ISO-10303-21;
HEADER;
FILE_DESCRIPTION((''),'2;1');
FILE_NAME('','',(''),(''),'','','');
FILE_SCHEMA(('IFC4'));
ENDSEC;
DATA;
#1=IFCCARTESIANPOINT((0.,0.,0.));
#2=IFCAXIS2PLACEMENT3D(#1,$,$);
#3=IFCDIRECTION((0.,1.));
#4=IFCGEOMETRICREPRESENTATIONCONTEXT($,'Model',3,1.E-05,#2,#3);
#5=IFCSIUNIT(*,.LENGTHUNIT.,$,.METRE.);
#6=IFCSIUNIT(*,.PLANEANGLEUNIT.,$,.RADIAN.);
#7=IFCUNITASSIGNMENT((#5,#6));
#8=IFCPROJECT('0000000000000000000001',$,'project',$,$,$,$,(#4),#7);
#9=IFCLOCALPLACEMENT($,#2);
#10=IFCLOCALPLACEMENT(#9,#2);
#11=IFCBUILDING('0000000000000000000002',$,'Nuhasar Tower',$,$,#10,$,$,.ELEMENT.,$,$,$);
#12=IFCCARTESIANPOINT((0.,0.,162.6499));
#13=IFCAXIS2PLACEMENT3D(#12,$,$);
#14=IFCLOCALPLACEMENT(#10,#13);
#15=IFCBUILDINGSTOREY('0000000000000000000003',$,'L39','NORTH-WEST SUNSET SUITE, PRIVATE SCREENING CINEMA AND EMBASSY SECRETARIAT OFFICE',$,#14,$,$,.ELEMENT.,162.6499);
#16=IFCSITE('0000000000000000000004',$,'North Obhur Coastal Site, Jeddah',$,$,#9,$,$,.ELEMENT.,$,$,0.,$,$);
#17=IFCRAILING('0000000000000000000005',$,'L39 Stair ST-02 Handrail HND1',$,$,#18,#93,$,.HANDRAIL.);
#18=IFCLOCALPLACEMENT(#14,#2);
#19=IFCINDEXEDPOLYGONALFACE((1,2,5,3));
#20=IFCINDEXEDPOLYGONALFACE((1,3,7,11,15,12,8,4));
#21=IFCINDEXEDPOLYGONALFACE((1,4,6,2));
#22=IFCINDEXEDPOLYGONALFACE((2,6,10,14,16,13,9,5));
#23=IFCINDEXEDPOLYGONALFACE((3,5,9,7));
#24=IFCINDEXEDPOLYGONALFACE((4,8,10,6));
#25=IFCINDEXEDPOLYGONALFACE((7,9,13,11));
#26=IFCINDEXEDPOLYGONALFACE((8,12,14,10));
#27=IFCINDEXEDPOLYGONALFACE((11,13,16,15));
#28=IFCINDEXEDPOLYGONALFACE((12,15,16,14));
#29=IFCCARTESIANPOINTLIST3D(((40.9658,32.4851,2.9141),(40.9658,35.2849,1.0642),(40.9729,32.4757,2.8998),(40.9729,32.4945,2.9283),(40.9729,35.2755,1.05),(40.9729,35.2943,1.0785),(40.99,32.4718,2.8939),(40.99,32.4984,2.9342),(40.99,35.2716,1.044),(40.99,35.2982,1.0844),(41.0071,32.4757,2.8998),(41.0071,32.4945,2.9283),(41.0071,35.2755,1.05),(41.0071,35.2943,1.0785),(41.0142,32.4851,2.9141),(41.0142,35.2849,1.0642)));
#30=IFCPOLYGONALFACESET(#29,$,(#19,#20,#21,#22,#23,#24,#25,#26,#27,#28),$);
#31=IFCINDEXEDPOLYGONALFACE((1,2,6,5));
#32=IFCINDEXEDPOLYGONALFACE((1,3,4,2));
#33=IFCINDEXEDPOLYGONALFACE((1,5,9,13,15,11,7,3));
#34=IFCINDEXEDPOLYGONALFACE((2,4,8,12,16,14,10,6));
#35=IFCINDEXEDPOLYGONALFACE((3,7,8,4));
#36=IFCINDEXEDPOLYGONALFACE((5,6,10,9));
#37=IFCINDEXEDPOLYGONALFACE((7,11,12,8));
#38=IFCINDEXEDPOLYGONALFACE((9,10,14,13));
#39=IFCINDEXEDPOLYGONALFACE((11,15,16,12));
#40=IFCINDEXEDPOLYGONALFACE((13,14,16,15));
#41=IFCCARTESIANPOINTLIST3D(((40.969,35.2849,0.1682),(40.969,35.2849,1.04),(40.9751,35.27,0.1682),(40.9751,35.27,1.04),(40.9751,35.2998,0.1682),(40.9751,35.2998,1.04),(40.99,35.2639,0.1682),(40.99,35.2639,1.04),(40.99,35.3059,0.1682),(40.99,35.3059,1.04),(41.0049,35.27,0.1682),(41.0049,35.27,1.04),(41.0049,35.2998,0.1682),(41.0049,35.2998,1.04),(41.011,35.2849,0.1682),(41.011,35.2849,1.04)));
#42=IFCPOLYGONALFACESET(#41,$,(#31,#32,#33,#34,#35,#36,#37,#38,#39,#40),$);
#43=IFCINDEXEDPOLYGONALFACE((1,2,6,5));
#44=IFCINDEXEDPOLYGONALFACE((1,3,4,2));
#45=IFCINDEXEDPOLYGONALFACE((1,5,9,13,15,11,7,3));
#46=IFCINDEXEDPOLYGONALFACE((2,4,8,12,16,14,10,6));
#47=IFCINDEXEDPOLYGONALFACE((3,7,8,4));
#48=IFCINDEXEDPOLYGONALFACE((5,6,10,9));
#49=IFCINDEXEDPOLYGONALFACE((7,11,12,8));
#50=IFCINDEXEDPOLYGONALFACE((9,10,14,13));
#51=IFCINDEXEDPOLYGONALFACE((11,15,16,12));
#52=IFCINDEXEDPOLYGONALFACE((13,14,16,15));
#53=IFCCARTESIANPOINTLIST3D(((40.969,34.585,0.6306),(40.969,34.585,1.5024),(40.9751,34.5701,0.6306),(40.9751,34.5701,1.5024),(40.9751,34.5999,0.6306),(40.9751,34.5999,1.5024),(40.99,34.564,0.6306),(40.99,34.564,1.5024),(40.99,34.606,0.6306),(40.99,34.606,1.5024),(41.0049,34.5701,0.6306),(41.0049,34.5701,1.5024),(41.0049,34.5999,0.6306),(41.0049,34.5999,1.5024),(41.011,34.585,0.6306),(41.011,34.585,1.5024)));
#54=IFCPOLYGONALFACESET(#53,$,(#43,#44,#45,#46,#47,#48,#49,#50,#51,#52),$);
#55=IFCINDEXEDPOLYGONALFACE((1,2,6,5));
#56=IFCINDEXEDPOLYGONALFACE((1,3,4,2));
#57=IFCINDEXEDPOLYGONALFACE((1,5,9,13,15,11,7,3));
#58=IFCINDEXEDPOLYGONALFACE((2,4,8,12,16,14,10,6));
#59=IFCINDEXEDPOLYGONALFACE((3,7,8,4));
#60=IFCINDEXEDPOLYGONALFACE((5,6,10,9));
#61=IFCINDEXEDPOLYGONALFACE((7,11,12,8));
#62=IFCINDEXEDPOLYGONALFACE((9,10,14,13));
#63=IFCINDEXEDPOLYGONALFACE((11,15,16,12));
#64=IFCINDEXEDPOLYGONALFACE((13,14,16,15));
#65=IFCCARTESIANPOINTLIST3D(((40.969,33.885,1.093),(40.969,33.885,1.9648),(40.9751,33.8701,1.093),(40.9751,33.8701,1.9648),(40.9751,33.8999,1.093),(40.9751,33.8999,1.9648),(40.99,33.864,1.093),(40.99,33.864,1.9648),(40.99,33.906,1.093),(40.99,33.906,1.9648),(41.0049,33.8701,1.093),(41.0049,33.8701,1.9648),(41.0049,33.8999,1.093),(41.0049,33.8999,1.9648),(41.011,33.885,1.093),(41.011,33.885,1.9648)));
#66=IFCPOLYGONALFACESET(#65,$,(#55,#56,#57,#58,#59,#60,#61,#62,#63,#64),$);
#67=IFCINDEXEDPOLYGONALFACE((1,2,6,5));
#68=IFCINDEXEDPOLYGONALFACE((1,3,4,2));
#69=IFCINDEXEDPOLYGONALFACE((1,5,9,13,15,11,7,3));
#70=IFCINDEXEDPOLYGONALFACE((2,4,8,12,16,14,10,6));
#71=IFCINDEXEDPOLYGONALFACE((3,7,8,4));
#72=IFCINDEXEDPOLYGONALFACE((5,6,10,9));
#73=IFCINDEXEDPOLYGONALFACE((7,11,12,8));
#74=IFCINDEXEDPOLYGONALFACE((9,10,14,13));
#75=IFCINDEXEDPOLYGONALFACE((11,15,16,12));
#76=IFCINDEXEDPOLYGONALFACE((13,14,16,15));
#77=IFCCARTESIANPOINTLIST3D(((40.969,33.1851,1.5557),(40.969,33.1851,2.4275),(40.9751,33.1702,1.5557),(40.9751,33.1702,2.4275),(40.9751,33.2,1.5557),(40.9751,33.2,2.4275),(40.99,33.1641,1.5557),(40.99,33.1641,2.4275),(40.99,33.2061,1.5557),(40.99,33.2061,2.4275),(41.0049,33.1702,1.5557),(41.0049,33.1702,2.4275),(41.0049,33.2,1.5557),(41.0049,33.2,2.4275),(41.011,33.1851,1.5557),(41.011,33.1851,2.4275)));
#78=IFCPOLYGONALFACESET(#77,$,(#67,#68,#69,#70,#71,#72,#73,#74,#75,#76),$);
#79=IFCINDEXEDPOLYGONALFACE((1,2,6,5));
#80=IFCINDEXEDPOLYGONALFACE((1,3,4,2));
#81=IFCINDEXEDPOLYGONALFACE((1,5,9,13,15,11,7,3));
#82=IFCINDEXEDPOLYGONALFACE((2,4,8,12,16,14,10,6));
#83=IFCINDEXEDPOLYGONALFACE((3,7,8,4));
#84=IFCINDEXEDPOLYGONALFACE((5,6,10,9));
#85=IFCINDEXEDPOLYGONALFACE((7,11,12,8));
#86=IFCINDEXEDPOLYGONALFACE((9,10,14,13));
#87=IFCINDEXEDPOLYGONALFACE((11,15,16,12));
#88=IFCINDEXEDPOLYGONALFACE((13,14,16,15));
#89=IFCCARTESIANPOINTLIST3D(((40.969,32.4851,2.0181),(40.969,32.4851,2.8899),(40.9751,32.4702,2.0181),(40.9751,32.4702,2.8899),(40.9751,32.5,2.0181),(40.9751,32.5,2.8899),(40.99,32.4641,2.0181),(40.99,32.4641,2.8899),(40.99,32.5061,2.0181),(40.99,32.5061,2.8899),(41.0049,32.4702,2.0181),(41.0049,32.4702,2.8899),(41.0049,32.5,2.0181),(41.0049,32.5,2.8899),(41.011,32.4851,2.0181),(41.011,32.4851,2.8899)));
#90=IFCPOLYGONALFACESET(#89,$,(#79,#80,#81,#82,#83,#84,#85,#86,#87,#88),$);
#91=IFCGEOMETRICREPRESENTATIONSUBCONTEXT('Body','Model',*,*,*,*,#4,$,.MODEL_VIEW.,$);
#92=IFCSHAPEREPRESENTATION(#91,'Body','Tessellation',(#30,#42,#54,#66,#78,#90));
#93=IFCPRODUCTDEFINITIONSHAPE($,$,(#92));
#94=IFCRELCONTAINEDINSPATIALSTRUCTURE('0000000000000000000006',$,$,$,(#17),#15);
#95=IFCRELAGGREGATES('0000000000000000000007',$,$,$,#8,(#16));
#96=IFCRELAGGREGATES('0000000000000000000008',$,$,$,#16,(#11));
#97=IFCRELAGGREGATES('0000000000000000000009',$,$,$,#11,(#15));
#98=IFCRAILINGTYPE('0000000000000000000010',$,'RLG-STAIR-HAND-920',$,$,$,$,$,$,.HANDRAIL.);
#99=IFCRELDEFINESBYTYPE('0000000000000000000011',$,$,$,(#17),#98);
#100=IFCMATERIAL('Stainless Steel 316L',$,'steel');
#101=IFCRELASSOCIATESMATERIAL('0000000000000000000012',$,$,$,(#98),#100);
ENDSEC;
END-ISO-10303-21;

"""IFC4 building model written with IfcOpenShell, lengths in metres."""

from ifc_helpers import new_model, si_unit, direction, frame, origin, place, context, subcontext, project, spatial, polyline, outline, extrude, material, type_object, element, save


model = new_model("IFC4")

# Units and contexts
model_context = context("Model", 3, precision=1e-05, world=origin(), true_north=direction((0.0, 1.0)))
body_context = subcontext(model_context, "Body", "Model", "MODEL_VIEW")
ifc_project = project(units=[si_unit("LENGTHUNIT", "METRE"), si_unit("PLANEANGLEUNIT", "RADIAN")], contexts=[model_context])

# Site, building, storey
site_placement = place(None, origin())
site = spatial("IfcSite", under=ifc_project, at=site_placement, Name="North Obhur Coastal Site, Jeddah", CompositionType="ELEMENT", RefElevation=0.0)
building_placement = place(site_placement, origin())
building = spatial("IfcBuilding", under=site, at=building_placement, Name="Nuhasar Tower", CompositionType="ELEMENT")
storey_placement = place(building_placement, frame((0.0, 0.0, 162.6499)))
storey = spatial("IfcBuildingStorey", under=building, at=storey_placement, Name="L39", Description="NORTH-WEST SUNSET SUITE, PRIVATE SCREENING CINEMA AND EMBASSY SECRETARIAT OFFICE", CompositionType="ELEMENT", Elevation=162.6499)

# Railing
ifc_material_1 = material(Name="Stainless Steel 316L", Category="steel")
railing_type_1 = type_object("IfcRailingType", Name="RLG-STAIR-HAND-920", PredefinedType="HANDRAIL", material=ifc_material_1)
railing_1_placement = place(storey_placement, frame((40.99, 35.2849, 0.1682)))
element("IfcRailing", 1, at=railing_1_placement, inside=storey, type_object=railing_type_1, Name="L39 Stair ST-02 Handrail HND1", PredefinedType="HANDRAIL", context=body_context, shape_type="SweptSolid", body=[
    extrude(outline(polyline([(0.0242, 0.0), (0.0171, 0.0171), (0.0, 0.0242), (-0.0171, 0.0171), (-0.0242, 0.0), (-0.0171, -0.0171), (0.0, -0.0242), (0.0171, -0.0171), (0.0242, 0.0)])), frame((0.0, 0.0, 0.896), z_axis=(0.0, -0.834338, 0.551254), x_axis=(1.0, 0.0, 0.0)), (0.0, 0.0, 1.0), 3.3557),
    extrude(outline(polyline([(0.021, 0.0), (0.0149, 0.0149), (0.0, 0.021), (-0.0149, 0.0149), (-0.021, 0.0), (-0.0149, -0.0149), (0.0, -0.021), (0.0149, -0.0149), (0.021, 0.0)])), origin(), (0.0, 0.0, 1.0), 0.8718),
    extrude(outline(polyline([(0.021, 0.0), (0.0149, 0.0149), (0.0, 0.021), (-0.0149, 0.0149), (-0.021, 0.0), (-0.0149, -0.0149), (0.0, -0.021), (0.0149, -0.0149), (0.021, 0.0)])), frame((0.0, -0.7, 0.4624)), (0.0, 0.0, 1.0), 0.8718),
    extrude(outline(polyline([(0.021, 0.0), (0.0149, 0.0149), (0.0, 0.021), (-0.0149, 0.0149), (-0.021, 0.0), (-0.0149, -0.0149), (0.0, -0.021), (0.0149, -0.0149), (0.021, 0.0)])), frame((0.0, -1.3999, 0.9248)), (0.0, 0.0, 1.0), 0.8718),
    extrude(outline(polyline([(0.021, 0.0), (0.0149, 0.0149), (0.0, 0.021), (-0.0149, 0.0149), (-0.021, 0.0), (-0.0149, -0.0149), (0.0, -0.021), (0.0149, -0.0149), (0.021, 0.0)])), frame((0.0, -2.0999, 1.3875)), (0.0, 0.0, 1.0), 0.8718),
    extrude(outline(polyline([(0.021, 0.0), (0.0149, 0.0149), (0.0, 0.021), (-0.0149, 0.0149), (-0.021, 0.0), (-0.0149, -0.0149), (0.0, -0.021), (0.0149, -0.0149), (0.021, 0.0)])), frame((0.0, -2.7998, 1.8499)), (0.0, 0.0, 1.0), 0.8718),
])

save(model, "model.ifc")
